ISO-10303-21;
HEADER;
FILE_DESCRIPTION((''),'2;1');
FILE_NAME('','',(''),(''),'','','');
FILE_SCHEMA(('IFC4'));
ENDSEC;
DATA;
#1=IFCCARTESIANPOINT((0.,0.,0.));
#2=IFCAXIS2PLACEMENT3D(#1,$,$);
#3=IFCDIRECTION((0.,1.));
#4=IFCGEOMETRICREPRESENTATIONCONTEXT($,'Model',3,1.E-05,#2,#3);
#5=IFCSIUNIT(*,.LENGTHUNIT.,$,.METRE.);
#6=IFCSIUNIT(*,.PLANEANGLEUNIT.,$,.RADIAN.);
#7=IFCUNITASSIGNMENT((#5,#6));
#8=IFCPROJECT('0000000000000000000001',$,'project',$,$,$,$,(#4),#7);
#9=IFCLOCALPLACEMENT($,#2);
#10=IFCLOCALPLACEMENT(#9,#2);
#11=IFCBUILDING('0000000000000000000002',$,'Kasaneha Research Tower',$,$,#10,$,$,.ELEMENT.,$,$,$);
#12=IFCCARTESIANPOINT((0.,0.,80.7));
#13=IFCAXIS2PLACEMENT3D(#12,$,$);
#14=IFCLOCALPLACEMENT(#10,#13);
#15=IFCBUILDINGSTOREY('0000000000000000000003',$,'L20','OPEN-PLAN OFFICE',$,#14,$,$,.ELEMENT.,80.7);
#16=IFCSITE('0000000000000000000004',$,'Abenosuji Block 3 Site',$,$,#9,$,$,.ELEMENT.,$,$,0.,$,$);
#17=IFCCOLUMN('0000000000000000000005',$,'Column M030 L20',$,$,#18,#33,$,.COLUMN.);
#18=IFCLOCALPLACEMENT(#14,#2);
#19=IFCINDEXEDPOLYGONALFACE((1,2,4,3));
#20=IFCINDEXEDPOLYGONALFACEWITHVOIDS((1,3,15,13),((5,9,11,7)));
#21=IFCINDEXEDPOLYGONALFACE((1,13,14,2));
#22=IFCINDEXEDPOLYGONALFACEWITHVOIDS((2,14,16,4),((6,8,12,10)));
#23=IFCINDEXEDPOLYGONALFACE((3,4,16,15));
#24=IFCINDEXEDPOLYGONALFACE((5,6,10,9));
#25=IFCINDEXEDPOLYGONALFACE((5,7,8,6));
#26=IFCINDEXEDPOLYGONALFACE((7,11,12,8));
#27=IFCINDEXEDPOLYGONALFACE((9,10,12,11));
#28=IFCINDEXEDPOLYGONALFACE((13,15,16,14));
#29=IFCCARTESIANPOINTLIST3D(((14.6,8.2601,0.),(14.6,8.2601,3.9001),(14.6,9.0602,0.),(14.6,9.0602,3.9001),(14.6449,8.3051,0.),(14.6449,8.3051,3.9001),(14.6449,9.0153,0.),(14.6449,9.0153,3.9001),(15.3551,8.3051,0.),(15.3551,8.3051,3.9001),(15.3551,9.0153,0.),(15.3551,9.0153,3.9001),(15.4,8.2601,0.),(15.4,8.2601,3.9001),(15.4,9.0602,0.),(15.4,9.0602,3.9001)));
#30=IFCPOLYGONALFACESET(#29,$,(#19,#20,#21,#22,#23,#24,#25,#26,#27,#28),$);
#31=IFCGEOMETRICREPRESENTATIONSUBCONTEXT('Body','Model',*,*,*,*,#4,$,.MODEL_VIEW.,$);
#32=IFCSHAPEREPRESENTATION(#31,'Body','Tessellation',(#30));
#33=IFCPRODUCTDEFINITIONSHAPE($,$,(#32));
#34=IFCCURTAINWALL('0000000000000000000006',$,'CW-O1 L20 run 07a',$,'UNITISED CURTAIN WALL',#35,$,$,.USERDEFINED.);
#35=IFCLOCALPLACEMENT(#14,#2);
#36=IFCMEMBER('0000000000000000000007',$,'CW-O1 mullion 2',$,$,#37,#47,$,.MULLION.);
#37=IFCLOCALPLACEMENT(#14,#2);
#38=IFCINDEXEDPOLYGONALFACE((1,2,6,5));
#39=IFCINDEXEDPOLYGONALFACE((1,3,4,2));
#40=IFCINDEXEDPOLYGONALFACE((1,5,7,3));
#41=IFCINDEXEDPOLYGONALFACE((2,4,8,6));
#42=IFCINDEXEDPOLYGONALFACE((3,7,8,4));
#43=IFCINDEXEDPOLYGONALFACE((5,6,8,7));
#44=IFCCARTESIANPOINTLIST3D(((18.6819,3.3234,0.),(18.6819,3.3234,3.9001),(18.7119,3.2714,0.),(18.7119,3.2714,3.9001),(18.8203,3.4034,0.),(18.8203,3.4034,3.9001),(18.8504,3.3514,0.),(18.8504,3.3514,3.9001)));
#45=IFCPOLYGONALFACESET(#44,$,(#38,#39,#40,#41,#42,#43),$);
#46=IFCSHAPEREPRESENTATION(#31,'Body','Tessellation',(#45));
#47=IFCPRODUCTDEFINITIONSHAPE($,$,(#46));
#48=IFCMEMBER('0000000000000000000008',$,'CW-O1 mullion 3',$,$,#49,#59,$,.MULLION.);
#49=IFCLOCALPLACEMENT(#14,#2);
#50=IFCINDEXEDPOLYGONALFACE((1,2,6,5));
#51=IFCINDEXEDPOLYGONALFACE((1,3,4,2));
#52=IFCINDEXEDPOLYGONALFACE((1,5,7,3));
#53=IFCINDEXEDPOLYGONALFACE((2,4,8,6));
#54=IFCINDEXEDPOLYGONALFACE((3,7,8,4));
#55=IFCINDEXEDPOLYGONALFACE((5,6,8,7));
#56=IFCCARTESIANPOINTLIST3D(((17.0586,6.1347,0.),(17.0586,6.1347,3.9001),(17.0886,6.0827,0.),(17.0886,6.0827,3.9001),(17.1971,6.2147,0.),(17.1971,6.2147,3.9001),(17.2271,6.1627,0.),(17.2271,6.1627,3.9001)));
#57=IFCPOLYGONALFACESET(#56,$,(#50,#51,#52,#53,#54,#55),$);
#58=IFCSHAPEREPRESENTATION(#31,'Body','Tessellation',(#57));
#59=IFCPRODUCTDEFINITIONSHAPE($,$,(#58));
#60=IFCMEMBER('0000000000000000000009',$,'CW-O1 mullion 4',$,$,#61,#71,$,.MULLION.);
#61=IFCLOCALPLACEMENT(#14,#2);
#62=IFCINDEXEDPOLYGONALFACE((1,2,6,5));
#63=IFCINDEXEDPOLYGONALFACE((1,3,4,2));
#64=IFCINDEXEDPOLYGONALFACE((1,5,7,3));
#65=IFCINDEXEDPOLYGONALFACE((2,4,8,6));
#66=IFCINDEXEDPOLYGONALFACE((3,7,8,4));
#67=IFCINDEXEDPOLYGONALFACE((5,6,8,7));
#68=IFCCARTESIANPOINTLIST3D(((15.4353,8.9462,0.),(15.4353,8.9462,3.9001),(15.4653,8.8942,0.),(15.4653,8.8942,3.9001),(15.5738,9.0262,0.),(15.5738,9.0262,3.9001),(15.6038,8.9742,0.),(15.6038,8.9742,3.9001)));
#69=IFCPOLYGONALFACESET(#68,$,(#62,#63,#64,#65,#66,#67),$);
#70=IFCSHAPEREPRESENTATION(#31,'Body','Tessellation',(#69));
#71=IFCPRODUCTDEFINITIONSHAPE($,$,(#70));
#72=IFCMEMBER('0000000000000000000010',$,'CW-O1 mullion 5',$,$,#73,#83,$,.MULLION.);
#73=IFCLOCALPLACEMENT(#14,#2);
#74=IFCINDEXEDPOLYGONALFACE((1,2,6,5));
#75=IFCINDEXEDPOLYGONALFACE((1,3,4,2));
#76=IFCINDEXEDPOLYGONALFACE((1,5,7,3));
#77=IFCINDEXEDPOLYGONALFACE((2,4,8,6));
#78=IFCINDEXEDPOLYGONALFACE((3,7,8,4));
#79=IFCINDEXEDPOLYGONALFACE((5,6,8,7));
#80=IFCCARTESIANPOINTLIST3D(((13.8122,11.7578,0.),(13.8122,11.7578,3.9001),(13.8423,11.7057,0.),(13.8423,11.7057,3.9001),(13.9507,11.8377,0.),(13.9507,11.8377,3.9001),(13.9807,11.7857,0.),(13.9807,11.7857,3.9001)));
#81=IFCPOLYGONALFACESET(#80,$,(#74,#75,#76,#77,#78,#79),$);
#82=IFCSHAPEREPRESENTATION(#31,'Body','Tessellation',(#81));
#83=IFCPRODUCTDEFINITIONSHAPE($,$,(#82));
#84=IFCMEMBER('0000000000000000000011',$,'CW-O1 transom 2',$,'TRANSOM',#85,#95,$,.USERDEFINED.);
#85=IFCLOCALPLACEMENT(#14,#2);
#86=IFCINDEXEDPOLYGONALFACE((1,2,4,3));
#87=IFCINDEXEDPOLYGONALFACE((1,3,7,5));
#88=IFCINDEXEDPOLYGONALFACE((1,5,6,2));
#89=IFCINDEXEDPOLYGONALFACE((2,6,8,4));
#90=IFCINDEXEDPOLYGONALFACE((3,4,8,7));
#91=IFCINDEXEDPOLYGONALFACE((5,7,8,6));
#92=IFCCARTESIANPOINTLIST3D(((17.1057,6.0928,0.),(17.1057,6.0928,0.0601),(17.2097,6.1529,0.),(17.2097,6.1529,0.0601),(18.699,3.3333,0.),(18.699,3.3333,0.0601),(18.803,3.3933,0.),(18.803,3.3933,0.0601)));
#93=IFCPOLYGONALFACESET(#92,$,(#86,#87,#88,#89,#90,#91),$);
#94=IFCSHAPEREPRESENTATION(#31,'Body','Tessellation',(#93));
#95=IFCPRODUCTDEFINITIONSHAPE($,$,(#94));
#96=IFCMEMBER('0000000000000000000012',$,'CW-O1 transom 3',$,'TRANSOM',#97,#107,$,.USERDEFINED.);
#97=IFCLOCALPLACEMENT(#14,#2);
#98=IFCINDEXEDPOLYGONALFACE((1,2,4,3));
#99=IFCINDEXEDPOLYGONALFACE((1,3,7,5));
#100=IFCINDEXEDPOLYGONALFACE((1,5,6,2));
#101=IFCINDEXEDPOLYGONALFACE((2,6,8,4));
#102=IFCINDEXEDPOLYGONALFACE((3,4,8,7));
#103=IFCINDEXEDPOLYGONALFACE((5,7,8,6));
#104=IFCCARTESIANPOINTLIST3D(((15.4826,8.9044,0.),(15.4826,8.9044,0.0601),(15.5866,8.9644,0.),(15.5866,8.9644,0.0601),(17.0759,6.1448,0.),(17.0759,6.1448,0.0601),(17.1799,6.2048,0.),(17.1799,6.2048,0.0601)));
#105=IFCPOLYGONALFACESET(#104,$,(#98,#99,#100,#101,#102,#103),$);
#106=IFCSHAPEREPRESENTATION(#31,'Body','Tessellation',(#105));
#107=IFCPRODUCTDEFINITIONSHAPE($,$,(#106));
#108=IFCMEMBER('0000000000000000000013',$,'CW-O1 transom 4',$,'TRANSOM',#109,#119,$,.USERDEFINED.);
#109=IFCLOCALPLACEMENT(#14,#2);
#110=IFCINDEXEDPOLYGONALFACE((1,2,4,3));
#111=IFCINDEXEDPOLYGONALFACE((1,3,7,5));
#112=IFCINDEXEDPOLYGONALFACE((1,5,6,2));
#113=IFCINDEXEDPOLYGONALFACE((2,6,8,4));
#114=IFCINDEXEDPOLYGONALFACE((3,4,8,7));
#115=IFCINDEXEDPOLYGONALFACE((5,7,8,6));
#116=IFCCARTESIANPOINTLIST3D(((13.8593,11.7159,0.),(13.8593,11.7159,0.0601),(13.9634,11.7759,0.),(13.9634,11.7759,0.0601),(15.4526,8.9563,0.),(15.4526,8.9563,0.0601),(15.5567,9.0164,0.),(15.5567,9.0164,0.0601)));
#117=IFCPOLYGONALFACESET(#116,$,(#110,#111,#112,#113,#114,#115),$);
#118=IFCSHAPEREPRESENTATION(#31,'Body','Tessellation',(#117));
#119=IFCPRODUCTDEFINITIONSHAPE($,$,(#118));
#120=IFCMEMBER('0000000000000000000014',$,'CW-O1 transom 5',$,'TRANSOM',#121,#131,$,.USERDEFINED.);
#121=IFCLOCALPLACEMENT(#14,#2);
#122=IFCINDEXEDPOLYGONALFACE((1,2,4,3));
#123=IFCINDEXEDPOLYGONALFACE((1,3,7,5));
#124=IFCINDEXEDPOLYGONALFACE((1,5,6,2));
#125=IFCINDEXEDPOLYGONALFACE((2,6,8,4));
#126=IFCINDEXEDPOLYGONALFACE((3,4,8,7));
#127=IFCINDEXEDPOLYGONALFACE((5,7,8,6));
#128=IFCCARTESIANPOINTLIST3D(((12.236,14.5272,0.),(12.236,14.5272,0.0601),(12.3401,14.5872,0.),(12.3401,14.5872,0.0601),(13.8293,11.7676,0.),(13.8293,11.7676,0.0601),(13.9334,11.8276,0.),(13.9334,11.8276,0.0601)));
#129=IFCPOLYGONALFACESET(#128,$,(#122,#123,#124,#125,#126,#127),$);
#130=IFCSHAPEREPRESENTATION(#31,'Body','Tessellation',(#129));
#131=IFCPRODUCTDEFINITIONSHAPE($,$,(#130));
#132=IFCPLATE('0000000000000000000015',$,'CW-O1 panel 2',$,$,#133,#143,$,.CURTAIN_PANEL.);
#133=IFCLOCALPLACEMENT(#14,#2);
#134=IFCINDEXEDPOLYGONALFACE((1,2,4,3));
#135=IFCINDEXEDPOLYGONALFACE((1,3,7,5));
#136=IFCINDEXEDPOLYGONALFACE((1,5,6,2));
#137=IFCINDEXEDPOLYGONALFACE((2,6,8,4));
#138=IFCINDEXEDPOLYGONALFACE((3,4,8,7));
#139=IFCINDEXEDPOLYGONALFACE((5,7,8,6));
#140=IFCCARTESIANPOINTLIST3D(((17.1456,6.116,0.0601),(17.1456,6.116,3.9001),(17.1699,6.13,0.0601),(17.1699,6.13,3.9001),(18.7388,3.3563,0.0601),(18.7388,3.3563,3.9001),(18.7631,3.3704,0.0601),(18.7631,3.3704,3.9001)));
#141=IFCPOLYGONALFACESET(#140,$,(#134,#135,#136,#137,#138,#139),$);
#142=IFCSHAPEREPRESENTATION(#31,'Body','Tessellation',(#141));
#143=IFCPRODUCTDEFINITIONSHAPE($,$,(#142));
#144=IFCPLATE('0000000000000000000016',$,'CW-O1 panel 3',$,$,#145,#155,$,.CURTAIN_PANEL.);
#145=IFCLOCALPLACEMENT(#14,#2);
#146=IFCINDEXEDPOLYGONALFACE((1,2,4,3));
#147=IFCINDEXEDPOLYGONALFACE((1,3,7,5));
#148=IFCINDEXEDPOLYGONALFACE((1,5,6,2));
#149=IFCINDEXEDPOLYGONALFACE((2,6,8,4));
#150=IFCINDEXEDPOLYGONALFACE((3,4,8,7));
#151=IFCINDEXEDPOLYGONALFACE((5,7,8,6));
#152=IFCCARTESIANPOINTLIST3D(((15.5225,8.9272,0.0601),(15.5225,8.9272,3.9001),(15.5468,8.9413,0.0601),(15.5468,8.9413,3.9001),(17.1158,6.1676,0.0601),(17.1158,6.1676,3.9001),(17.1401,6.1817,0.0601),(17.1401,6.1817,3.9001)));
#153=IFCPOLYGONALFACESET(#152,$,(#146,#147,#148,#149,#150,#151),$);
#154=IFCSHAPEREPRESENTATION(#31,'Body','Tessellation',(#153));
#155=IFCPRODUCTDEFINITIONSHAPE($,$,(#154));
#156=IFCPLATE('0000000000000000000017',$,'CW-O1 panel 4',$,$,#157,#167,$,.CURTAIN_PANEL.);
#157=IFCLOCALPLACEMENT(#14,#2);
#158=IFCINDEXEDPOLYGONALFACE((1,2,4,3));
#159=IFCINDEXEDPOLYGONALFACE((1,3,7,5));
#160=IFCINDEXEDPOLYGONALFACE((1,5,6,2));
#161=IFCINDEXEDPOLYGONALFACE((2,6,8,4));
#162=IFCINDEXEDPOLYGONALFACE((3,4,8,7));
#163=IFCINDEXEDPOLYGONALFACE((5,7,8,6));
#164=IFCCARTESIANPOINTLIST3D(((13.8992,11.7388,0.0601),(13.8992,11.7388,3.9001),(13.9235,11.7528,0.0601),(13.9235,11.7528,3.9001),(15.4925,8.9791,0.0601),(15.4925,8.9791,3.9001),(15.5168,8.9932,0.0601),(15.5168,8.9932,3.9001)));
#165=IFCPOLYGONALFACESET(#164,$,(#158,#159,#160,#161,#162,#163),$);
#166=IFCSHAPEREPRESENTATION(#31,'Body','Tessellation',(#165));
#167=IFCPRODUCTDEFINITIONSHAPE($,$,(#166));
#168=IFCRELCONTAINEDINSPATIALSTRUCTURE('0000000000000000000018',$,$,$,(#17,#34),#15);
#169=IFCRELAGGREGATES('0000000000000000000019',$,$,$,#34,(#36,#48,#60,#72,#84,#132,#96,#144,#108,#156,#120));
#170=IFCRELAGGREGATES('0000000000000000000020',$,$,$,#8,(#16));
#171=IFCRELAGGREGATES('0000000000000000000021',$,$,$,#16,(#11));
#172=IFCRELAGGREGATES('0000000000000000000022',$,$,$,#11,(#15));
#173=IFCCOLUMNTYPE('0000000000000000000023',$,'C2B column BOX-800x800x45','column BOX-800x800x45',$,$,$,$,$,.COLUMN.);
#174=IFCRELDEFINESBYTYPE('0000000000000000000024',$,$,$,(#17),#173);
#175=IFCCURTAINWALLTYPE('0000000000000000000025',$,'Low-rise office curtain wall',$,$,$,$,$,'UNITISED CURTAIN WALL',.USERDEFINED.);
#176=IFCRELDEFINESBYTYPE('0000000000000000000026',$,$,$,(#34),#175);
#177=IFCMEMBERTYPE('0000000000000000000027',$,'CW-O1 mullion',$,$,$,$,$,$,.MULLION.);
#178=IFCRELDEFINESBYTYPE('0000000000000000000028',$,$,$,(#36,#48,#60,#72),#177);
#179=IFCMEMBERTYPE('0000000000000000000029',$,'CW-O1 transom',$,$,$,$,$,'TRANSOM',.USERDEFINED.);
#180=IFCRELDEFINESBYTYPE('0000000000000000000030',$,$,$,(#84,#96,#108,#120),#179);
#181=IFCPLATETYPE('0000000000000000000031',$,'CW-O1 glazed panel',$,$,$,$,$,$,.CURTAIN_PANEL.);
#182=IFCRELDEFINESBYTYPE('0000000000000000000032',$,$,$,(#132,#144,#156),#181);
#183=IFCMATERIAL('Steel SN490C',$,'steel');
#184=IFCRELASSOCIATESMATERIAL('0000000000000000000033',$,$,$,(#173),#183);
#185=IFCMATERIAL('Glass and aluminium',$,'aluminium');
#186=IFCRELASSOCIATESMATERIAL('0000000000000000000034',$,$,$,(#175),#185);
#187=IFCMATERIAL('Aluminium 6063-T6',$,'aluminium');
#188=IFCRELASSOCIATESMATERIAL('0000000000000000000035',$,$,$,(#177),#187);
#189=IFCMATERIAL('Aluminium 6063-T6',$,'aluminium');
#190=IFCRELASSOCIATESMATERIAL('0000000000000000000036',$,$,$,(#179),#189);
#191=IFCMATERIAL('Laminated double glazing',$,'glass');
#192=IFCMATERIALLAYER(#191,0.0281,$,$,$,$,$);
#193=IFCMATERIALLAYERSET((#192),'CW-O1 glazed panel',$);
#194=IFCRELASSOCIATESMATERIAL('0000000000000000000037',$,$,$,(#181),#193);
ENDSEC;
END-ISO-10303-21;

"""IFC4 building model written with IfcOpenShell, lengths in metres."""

from ifc_helpers import new_model, si_unit, direction, frame, origin, origin_2d, place, context, subcontext, project, spatial, rectangle, hollow_rectangle, extrude, material, layer, layer_set, material_profile, profile_set, type_object, element, aggregate, save


model = new_model("IFC4")

# Units and contexts
model_context = context("Model", 3, precision=1e-05, world=origin(), true_north=direction((0.0, 1.0)))
body_context = subcontext(model_context, "Body", "Model", "MODEL_VIEW")
ifc_project = project(units=[si_unit("LENGTHUNIT", "METRE"), si_unit("PLANEANGLEUNIT", "RADIAN")], contexts=[model_context])

# Site, building, storey
site_placement = place(None, origin())
site = spatial("IfcSite", under=ifc_project, at=site_placement, Name="Abenosuji Block 3 Site", CompositionType="ELEMENT", RefElevation=0.0)
building_placement = place(site_placement, origin())
building = spatial("IfcBuilding", under=site, at=building_placement, Name="Kasaneha Research Tower", CompositionType="ELEMENT")
storey_placement = place(building_placement, frame((0.0, 0.0, 80.7)))
storey = spatial("IfcBuildingStorey", under=building, at=storey_placement, Name="L20", Description="OPEN-PLAN OFFICE", CompositionType="ELEMENT", Elevation=80.7)

# Column
ifc_material_1 = material(Name="Steel SN490C", Category="steel")
ifc_material_profile_1 = material_profile(ifc_material_1, hollow_rectangle(XDim=0.8, YDim=0.8, WallThickness=0.0449, at=origin_2d()), Name="BOX-800x800x45")
ifc_profile_set_1 = profile_set([ifc_material_profile_1], Name="Steel SN490C")
column_type = type_object("IfcColumnType", Name="C2B column BOX-800x800x45", Description="column BOX-800x800x45", PredefinedType="COLUMN", material=ifc_profile_set_1)
column_placement = place(storey_placement, frame((15.0, 8.6602, 0.0), z_axis=(0.0, 0.0, 1.0), x_axis=(1.0, 0.0, 0.0)))
element("IfcColumn", 1, at=column_placement, inside=storey, type_object=column_type, Name="Column M030 L20", PredefinedType="COLUMN", context=body_context, shape_type="SweptSolid", body=[
    extrude(hollow_rectangle(XDim=0.8, YDim=0.8, WallThickness=0.0449, at=origin_2d()), origin(), (0.0, 0.0, 1.0), 3.9001),
])

# Curtain wall, members, plates
ifc_material_2 = material(Name="Glass and aluminium", Category="aluminium")
curtain_wall_type = type_object("IfcCurtainWallType", Name="Low-rise office curtain wall", ElementType="UNITISED CURTAIN WALL", PredefinedType="USERDEFINED", material=ifc_material_2)
curtain_wall_placement = place(storey_placement, origin())
curtain_wall = element("IfcCurtainWall", 2, at=curtain_wall_placement, inside=storey, type_object=curtain_wall_type, Name="CW-O1 L20 run 07a", ObjectType="UNITISED CURTAIN WALL", PredefinedType="USERDEFINED")
ifc_material_3 = material(Name="Aluminium 6063-T6", Category="aluminium")
ifc_material_profile_2 = material_profile(ifc_material_3, rectangle(XDim=0.0601, YDim=0.1599, at=origin_2d()), Name="CW-O1 mullion 60x160")
ifc_profile_set_2 = profile_set([ifc_material_profile_2], Name="Aluminium 6063-T6")
member_type_1 = type_object("IfcMemberType", Name="CW-O1 mullion", PredefinedType="MULLION", material=ifc_profile_set_2)
member_1_placement = place(storey_placement, frame((18.7661, 3.3374, 0.0), z_axis=(0.0, 0.0, 1.0), x_axis=(-0.5, 0.866025, 0.0)))
member_1 = element("IfcMember", 3, at=member_1_placement, type_object=member_type_1, Name="CW-O1 mullion 2", PredefinedType="MULLION", context=body_context, shape_type="SweptSolid", body=[
    extrude(rectangle(XDim=0.0601, YDim=0.1599, at=origin_2d()), origin(), (0.0, 0.0, 1.0), 3.9001),
])
member_2_placement = place(storey_placement, frame((17.1428, 6.1487, 0.0), z_axis=(0.0, 0.0, 1.0), x_axis=(-0.5, 0.866025, 0.0)))
member_2 = element("IfcMember", 4, at=member_2_placement, type_object=member_type_1, Name="CW-O1 mullion 3", PredefinedType="MULLION", context=body_context, shape_type="SweptSolid", body=[
    extrude(rectangle(XDim=0.0601, YDim=0.1599, at=origin_2d()), origin(), (0.0, 0.0, 1.0), 3.9001),
])
member_3_placement = place(storey_placement, frame((15.5195, 8.9602, 0.0), z_axis=(0.0, 0.0, 1.0), x_axis=(-0.5, 0.866025, 0.0)))
member_3 = element("IfcMember", 5, at=member_3_placement, type_object=member_type_1, Name="CW-O1 mullion 4", PredefinedType="MULLION", context=body_context, shape_type="SweptSolid", body=[
    extrude(rectangle(XDim=0.0601, YDim=0.1599, at=origin_2d()), origin(), (0.0, 0.0, 1.0), 3.9001),
])
member_4_placement = place(storey_placement, frame((13.8965, 11.7717, 0.0), z_axis=(0.0, 0.0, 1.0), x_axis=(-0.5, 0.866025, 0.0)))
member_4 = element("IfcMember", 6, at=member_4_placement, type_object=member_type_1, Name="CW-O1 mullion 5", PredefinedType="MULLION", context=body_context, shape_type="SweptSolid", body=[
    extrude(rectangle(XDim=0.0601, YDim=0.1599, at=origin_2d()), origin(), (0.0, 0.0, 1.0), 3.9001),
])
ifc_material_4 = material(Name="Aluminium 6063-T6", Category="aluminium")
ifc_material_profile_3 = material_profile(ifc_material_4, rectangle(XDim=0.1201, YDim=0.0601, at=origin_2d()), Name="CW-O1 transom 120x60")
ifc_profile_set_3 = profile_set([ifc_material_profile_3], Name="Aluminium 6063-T6")
member_type_2 = type_object("IfcMemberType", Name="CW-O1 transom", ElementType="TRANSOM", PredefinedType="USERDEFINED", material=ifc_profile_set_3)
member_5_placement = place(storey_placement, frame((18.751, 3.3633, 0.03), z_axis=(-0.500012, 0.866018, 0.0), x_axis=(-0.866018, -0.500012, 0.0)))
member_5 = element("IfcMember", 7, at=member_5_placement, type_object=member_type_2, Name="CW-O1 transom 2", ObjectType="TRANSOM", PredefinedType="USERDEFINED", context=body_context, shape_type="SweptSolid", body=[
    extrude(rectangle(XDim=0.1201, YDim=0.0601, at=origin_2d()), origin(), (0.0, 0.0, 1.0), 3.1865),
])
member_6_placement = place(storey_placement, frame((17.1279, 6.1748, 0.03), z_axis=(-0.500012, 0.866018, 0.0), x_axis=(-0.866018, -0.500012, 0.0)))
member_6 = element("IfcMember", 8, at=member_6_placement, type_object=member_type_2, Name="CW-O1 transom 3", ObjectType="TRANSOM", PredefinedType="USERDEFINED", context=body_context, shape_type="SweptSolid", body=[
    extrude(rectangle(XDim=0.1201, YDim=0.0601, at=origin_2d()), origin(), (0.0, 0.0, 1.0), 3.1865),
])
member_7_placement = place(storey_placement, frame((15.5046, 8.9863, 0.03), z_axis=(-0.500012, 0.866018, 0.0), x_axis=(-0.866018, -0.500012, 0.0)))
member_7 = element("IfcMember", 9, at=member_7_placement, type_object=member_type_2, Name="CW-O1 transom 4", ObjectType="TRANSOM", PredefinedType="USERDEFINED", context=body_context, shape_type="SweptSolid", body=[
    extrude(rectangle(XDim=0.1201, YDim=0.0601, at=origin_2d()), origin(), (0.0, 0.0, 1.0), 3.1865),
])
member_8_placement = place(storey_placement, frame((13.8813, 11.7976, 0.03), z_axis=(-0.500012, 0.866018, 0.0), x_axis=(-0.866018, -0.500012, 0.0)))
member_8 = element("IfcMember", 10, at=member_8_placement, type_object=member_type_2, Name="CW-O1 transom 5", ObjectType="TRANSOM", PredefinedType="USERDEFINED", context=body_context, shape_type="SweptSolid", body=[
    extrude(rectangle(XDim=0.1201, YDim=0.0601, at=origin_2d()), origin(), (0.0, 0.0, 1.0), 3.1865),
])
ifc_material_5 = material(Name="Laminated double glazing", Category="glass")
ifc_layer_1 = layer(ifc_material_5, 0.0281)
ifc_layer_set_1 = layer_set([ifc_layer_1], Name="CW-O1 glazed panel")
plate_type = type_object("IfcPlateType", Name="CW-O1 glazed panel", PredefinedType="CURTAIN_PANEL", material=ifc_layer_set_1)
plate_1_placement = place(storey_placement, frame((17.9543, 4.7432, 0.0601), z_axis=(0.0, 0.0, 1.0), x_axis=(-0.5, 0.866025, 0.0)))
plate_1 = element("IfcPlate", 11, at=plate_1_placement, type_object=plate_type, Name="CW-O1 panel 2", PredefinedType="CURTAIN_PANEL", context=body_context, shape_type="SweptSolid", body=[
    extrude(rectangle(XDim=3.1865, YDim=0.0281, at=origin_2d()), origin(), (0.0, 0.0, 1.0), 3.8401),
])
plate_2_placement = place(storey_placement, frame((16.3313, 7.5544, 0.0601), z_axis=(0.0, 0.0, 1.0), x_axis=(-0.5, 0.866025, 0.0)))
plate_2 = element("IfcPlate", 12, at=plate_2_placement, type_object=plate_type, Name="CW-O1 panel 3", PredefinedType="CURTAIN_PANEL", context=body_context, shape_type="SweptSolid", body=[
    extrude(rectangle(XDim=3.1865, YDim=0.0281, at=origin_2d()), origin(), (0.0, 0.0, 1.0), 3.8401),
])
plate_3_placement = place(storey_placement, frame((14.708, 10.366, 0.0601), z_axis=(0.0, 0.0, 1.0), x_axis=(-0.5, 0.866025, 0.0)))
plate_3 = element("IfcPlate", 13, at=plate_3_placement, type_object=plate_type, Name="CW-O1 panel 4", PredefinedType="CURTAIN_PANEL", context=body_context, shape_type="SweptSolid", body=[
    extrude(rectangle(XDim=3.1865, YDim=0.0281, at=origin_2d()), origin(), (0.0, 0.0, 1.0), 3.8401),
])
aggregate(curtain_wall, [member_1, member_2, member_3, member_4, member_5, plate_1, member_6, plate_2, member_7, plate_3, member_8])

save(model, "model.ifc")
